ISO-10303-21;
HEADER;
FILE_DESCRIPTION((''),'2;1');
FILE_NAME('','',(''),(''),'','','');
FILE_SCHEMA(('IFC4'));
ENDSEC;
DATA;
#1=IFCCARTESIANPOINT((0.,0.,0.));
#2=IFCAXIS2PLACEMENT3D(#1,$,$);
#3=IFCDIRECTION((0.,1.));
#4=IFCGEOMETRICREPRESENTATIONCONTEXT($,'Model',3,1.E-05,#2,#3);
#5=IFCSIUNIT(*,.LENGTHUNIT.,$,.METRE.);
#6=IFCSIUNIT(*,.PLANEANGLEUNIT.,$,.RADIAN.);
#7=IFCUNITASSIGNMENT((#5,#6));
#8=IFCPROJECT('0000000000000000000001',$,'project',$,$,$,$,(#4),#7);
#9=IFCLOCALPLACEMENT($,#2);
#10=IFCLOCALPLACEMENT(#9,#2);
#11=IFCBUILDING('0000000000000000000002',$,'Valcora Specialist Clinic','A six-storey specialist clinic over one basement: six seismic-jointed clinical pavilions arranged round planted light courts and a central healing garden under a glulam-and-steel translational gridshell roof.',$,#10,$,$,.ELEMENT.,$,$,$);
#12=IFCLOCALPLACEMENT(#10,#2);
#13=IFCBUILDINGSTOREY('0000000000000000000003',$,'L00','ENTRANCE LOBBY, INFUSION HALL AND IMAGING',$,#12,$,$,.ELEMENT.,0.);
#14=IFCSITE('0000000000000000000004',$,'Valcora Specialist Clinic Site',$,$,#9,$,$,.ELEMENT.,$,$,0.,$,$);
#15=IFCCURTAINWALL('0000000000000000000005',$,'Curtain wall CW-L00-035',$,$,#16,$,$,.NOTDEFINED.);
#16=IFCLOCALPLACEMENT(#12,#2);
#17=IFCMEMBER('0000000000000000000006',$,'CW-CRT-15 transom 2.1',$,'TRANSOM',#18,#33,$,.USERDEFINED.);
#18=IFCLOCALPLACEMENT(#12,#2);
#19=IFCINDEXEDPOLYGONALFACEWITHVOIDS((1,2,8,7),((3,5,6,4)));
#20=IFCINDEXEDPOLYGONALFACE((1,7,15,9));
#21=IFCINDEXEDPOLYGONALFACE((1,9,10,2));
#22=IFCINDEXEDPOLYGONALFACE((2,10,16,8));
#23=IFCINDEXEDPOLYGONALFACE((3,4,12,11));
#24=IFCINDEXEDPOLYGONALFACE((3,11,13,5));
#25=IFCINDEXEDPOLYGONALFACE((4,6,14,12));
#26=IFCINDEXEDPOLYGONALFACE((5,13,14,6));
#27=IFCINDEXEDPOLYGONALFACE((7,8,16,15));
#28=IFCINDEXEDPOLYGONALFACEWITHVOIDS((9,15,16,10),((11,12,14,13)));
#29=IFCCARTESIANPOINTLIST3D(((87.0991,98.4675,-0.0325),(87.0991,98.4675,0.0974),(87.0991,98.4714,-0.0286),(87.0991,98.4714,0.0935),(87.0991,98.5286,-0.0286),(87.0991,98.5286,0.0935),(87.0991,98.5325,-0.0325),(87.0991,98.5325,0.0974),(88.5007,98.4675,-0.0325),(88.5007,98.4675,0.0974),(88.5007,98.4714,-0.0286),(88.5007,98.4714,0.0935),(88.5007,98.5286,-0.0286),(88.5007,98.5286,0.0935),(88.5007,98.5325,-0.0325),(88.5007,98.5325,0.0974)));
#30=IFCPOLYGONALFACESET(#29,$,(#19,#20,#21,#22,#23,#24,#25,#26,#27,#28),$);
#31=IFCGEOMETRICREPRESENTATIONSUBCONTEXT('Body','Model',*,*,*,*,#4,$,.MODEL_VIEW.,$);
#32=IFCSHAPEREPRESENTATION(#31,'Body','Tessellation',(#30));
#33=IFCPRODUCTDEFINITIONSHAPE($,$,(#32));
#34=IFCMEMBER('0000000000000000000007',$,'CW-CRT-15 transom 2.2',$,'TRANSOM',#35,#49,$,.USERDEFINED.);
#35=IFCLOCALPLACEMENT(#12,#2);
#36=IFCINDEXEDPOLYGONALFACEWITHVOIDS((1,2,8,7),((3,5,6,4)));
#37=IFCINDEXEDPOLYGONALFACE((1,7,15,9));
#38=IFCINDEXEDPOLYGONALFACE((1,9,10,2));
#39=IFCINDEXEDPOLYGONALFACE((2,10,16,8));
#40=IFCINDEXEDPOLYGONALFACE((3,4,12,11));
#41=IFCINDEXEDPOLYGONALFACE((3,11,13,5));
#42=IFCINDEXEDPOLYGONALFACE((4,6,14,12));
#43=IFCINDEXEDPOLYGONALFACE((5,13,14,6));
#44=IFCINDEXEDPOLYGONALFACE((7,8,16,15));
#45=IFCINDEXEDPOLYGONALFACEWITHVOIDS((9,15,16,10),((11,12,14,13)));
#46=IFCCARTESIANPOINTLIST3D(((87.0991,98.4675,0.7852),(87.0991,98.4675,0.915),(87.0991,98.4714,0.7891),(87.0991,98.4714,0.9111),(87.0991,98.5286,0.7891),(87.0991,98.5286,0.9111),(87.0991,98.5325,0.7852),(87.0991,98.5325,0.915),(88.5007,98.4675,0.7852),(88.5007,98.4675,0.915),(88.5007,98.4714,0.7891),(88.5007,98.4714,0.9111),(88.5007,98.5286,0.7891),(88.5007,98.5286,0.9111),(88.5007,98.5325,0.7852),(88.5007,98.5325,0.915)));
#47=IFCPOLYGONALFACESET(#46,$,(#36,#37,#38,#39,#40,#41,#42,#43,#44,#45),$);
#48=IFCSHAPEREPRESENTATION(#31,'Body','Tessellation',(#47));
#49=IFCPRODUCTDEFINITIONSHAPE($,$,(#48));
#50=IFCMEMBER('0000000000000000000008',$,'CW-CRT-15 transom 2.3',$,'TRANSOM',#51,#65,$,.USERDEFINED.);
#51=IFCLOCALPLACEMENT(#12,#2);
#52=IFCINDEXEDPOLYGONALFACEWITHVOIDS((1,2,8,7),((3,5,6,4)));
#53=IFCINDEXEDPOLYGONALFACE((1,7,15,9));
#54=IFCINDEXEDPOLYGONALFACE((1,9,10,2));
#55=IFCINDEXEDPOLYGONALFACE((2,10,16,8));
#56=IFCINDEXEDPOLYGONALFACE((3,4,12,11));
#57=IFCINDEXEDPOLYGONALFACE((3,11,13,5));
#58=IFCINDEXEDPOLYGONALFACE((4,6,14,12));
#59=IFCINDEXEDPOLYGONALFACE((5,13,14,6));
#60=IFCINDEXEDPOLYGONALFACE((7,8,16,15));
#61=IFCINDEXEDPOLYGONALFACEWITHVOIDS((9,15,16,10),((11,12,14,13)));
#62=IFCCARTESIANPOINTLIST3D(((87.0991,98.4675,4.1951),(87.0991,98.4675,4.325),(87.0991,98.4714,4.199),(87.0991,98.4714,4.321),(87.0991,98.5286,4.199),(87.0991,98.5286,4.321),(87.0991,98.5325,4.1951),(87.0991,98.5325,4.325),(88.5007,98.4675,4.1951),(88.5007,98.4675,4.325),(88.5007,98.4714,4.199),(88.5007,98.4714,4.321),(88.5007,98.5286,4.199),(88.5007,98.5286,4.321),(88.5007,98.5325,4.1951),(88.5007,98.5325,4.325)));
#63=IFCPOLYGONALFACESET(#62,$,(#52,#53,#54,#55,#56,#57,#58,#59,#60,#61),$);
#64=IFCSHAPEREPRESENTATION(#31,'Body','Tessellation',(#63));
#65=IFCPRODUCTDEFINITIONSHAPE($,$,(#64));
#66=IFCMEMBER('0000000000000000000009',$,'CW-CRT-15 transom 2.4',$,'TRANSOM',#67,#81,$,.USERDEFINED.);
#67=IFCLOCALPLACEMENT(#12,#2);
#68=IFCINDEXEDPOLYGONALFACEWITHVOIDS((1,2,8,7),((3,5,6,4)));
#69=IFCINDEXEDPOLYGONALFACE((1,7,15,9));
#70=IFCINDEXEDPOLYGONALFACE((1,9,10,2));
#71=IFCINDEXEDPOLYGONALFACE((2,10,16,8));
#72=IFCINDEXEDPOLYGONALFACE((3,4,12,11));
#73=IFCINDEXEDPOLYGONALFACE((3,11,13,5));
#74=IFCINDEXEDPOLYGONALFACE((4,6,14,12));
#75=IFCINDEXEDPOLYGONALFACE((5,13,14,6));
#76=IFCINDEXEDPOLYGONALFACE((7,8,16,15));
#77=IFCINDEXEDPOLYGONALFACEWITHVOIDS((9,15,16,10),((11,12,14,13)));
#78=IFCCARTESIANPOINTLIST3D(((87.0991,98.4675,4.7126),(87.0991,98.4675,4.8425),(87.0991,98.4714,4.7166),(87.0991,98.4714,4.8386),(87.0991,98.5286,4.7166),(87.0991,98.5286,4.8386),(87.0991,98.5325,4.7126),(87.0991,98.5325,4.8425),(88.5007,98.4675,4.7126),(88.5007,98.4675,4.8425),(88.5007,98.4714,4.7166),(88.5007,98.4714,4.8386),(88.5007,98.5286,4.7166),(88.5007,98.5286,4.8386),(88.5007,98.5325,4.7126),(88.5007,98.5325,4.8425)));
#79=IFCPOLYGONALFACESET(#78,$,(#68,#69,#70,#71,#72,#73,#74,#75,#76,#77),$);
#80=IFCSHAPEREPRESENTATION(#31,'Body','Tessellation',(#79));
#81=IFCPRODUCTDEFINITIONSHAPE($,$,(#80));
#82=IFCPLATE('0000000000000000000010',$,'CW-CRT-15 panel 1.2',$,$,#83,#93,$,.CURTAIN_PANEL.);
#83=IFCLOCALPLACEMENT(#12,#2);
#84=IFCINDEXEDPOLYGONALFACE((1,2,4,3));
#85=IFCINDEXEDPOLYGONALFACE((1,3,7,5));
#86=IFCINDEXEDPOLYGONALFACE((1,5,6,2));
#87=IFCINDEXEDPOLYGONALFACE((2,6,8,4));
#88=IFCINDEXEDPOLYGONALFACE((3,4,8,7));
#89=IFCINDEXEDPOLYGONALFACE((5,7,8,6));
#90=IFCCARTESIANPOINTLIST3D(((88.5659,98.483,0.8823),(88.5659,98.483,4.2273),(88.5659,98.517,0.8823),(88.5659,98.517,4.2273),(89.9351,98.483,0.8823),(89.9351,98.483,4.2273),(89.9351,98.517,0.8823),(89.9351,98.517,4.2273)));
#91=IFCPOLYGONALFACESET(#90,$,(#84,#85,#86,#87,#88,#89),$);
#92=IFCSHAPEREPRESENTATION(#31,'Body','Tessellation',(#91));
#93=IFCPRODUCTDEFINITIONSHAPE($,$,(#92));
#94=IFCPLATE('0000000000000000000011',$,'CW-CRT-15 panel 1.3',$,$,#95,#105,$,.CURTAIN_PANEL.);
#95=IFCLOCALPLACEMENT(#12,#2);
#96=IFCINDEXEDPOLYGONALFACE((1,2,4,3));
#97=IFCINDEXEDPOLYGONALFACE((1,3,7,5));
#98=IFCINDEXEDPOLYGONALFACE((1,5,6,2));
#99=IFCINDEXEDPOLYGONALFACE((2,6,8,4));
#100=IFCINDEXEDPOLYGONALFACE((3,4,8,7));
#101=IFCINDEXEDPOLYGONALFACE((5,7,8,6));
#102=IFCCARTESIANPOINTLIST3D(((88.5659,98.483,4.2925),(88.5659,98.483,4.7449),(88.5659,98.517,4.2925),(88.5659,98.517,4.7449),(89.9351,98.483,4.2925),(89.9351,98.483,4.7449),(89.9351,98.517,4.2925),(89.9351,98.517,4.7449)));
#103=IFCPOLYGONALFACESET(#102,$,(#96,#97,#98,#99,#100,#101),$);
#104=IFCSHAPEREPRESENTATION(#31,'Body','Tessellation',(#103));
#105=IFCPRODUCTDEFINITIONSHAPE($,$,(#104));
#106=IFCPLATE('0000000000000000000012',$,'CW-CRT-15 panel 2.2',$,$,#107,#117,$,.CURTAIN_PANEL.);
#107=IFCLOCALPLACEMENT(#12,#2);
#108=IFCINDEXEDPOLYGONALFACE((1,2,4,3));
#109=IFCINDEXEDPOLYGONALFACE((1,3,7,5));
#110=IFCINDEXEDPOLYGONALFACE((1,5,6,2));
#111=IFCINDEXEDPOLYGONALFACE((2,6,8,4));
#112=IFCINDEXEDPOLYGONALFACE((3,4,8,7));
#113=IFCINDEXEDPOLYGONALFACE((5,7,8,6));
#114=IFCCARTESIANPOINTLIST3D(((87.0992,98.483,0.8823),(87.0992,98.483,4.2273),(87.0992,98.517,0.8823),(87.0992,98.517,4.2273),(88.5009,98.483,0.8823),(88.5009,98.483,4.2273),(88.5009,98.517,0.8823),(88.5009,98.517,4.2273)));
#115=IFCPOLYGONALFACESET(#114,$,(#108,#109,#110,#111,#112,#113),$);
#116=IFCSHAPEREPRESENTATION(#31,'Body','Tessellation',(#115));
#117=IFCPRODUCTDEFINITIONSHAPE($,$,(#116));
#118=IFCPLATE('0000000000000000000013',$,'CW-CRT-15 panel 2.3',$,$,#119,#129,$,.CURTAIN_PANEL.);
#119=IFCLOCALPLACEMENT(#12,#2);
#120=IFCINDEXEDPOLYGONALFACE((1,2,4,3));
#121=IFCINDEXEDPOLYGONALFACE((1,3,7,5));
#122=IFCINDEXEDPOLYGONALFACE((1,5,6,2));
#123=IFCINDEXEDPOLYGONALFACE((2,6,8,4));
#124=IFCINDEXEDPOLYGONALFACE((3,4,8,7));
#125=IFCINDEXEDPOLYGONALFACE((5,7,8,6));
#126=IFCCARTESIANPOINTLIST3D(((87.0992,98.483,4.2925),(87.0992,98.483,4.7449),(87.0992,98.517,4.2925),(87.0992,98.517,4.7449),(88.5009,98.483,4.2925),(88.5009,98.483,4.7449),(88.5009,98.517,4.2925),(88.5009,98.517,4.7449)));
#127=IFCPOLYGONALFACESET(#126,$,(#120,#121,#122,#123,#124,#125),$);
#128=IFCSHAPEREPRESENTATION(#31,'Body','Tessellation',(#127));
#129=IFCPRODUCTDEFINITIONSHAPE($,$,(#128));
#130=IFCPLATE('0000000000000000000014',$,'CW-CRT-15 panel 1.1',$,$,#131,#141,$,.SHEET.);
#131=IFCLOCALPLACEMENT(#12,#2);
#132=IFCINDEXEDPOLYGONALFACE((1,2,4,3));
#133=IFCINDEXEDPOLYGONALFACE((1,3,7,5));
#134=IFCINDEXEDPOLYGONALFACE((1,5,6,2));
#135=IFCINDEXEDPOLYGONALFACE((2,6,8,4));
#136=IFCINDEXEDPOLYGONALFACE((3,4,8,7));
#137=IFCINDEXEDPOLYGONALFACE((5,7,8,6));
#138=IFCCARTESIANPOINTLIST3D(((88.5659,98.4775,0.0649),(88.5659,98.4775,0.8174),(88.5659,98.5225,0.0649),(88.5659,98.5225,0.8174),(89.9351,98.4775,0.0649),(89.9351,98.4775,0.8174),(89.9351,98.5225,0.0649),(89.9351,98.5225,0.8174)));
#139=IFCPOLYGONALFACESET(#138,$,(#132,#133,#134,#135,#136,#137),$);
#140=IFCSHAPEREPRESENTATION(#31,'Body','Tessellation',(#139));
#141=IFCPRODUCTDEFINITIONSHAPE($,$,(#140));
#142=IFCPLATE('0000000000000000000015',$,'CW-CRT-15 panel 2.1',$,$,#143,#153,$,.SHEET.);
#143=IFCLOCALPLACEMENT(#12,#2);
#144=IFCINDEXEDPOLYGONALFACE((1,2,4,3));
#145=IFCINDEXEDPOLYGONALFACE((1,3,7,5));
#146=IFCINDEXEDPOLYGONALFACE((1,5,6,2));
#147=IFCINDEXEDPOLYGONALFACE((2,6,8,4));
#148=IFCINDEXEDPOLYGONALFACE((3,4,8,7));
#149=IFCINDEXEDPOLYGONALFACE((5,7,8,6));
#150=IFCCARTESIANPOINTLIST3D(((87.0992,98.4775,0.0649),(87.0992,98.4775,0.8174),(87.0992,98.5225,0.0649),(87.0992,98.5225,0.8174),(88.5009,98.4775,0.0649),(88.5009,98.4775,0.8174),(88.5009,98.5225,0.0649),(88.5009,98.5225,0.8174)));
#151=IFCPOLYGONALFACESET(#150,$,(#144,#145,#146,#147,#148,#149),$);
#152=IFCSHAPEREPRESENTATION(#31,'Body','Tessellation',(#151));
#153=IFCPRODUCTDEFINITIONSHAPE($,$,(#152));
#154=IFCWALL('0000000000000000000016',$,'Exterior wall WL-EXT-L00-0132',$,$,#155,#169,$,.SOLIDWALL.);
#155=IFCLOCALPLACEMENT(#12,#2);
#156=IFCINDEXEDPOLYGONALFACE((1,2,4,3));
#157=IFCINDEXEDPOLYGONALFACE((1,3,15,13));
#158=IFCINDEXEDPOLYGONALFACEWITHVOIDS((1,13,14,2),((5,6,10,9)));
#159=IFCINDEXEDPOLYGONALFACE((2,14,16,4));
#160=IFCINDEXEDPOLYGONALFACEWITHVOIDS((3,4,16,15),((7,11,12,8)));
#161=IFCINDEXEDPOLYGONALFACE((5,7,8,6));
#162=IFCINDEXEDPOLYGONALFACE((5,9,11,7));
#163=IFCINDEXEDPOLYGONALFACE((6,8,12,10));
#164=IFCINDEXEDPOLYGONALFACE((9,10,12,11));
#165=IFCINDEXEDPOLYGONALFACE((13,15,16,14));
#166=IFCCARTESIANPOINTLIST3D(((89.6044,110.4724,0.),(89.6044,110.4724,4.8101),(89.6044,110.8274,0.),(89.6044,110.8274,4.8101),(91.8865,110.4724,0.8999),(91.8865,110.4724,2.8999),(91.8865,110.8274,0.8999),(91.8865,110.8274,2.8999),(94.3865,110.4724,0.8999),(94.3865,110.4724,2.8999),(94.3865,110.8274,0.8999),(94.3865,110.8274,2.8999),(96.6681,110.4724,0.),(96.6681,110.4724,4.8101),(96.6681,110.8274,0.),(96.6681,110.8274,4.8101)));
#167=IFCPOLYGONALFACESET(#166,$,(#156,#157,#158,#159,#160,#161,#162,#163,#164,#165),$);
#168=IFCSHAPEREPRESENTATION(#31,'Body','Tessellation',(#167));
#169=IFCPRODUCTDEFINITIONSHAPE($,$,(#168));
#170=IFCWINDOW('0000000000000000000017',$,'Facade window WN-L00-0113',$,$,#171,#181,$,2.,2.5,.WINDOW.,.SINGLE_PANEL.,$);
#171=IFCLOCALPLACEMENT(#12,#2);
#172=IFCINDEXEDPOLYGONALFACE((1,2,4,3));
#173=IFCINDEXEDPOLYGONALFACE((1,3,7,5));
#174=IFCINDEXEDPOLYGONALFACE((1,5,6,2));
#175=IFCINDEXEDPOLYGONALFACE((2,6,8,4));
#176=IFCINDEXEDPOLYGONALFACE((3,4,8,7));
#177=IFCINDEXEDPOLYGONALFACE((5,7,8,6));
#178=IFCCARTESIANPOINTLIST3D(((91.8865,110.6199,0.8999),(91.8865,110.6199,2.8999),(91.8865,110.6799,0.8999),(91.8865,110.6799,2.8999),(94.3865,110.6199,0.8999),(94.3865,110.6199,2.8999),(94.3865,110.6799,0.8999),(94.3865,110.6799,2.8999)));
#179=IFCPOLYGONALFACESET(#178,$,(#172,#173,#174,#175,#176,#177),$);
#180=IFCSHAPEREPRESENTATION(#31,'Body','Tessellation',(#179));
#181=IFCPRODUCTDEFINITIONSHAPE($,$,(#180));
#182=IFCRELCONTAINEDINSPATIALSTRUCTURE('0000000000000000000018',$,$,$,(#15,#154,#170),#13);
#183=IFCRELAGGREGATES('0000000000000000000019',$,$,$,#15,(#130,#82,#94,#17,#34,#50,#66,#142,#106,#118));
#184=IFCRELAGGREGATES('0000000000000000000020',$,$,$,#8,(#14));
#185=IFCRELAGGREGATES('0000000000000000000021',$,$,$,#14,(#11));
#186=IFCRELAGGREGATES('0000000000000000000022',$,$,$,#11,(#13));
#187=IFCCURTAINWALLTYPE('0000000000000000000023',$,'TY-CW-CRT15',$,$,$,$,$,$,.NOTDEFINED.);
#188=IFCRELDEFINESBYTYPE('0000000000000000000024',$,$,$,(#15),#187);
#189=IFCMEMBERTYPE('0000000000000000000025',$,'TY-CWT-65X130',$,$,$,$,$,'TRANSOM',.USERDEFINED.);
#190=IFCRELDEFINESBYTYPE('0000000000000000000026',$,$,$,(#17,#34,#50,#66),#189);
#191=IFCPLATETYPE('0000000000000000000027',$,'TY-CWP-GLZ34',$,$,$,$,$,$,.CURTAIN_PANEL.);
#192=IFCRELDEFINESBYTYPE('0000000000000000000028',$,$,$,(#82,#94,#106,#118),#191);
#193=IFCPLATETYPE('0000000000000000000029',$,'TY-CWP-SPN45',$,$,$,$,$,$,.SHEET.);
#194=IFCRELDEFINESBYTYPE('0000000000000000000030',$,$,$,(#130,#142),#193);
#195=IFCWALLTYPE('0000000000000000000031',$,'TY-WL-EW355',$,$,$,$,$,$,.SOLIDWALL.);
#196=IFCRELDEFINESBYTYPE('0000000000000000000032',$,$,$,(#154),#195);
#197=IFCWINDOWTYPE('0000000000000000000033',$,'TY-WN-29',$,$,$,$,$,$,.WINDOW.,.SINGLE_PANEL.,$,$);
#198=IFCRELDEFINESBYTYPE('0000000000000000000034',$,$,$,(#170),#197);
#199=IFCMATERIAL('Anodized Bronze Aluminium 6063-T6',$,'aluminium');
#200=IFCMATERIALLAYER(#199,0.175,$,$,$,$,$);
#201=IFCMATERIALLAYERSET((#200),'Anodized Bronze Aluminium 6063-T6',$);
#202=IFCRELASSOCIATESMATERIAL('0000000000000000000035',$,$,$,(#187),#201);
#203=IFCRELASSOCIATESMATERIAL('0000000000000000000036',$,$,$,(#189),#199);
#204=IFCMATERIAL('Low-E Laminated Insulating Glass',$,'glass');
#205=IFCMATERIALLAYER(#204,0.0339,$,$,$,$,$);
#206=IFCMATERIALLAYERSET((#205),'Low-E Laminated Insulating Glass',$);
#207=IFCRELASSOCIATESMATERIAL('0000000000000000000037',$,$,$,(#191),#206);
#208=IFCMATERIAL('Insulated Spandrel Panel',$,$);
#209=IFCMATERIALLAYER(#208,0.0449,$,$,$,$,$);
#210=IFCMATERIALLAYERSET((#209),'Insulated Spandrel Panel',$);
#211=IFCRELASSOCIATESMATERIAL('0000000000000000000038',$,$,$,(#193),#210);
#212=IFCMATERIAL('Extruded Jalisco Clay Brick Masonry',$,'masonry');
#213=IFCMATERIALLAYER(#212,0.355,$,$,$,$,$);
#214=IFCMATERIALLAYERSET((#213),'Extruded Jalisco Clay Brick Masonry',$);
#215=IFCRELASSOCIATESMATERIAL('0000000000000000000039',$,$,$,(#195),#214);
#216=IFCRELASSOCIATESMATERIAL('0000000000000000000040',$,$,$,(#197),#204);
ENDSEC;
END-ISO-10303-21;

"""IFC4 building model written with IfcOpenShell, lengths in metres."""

from ifc_helpers import new_model, si_unit, direction, frame, frame_2d, origin, origin_2d, place, context, subcontext, project, spatial, rectangle, hollow_rectangle, extrude, material, layer, layer_set, material_profile, profile_set, type_object, element, fill, aggregate, save


model = new_model("IFC4")

# Units and contexts
model_context = context("Model", 3, precision=1e-05, world=origin(), true_north=direction((0.0, 1.0)))
body_context = subcontext(model_context, "Body", "Model", "MODEL_VIEW")
ifc_project = project(units=[si_unit("LENGTHUNIT", "METRE"), si_unit("PLANEANGLEUNIT", "RADIAN")], contexts=[model_context])

# Site, building, storey
site_placement = place(None, origin())
site = spatial("IfcSite", under=ifc_project, at=site_placement, Name="Valcora Specialist Clinic Site", CompositionType="ELEMENT", RefElevation=0.0)
building_placement = place(site_placement, origin())
building = spatial("IfcBuilding", under=site, at=building_placement, Name="Valcora Specialist Clinic", Description="A six-storey specialist clinic over one basement: six seismic-jointed clinical pavilions arranged round planted light courts and a central healing garden under a glulam-and-steel translational gridshell roof.", CompositionType="ELEMENT")
storey_placement = place(building_placement, origin())
storey = spatial("IfcBuildingStorey", under=building, at=storey_placement, Name="L00", Description="ENTRANCE LOBBY, INFUSION HALL AND IMAGING", CompositionType="ELEMENT", Elevation=0.0)

# Curtain wall, members, plates
ifc_material_1 = material(Name="Anodized Bronze Aluminium 6063-T6", Category="aluminium")
ifc_layer_1 = layer(ifc_material_1, 0.175)
ifc_layer_set_1 = layer_set([ifc_layer_1], Name="Anodized Bronze Aluminium 6063-T6")
curtain_wall_type = type_object("IfcCurtainWallType", Name="TY-CW-CRT15", PredefinedType="NOTDEFINED", material=ifc_layer_set_1)
curtain_wall_placement = place(storey_placement, origin())
curtain_wall = element("IfcCurtainWall", 1, at=curtain_wall_placement, inside=storey, type_object=curtain_wall_type, Name="Curtain wall CW-L00-035", PredefinedType="NOTDEFINED")
ifc_material_profile_1 = material_profile(ifc_material_1, hollow_rectangle(XDim=0.0649, YDim=0.1299, WallThickness=0.0039, at=origin_2d()), Name="AL-TRN-65X130")
ifc_profile_set_1 = profile_set([ifc_material_profile_1], Name="Anodized Bronze Aluminium 6063-T6")
member_type_1 = type_object("IfcMemberType", Name="TY-CWT-65X130", ElementType="TRANSOM", PredefinedType="USERDEFINED", material=ifc_profile_set_1)
member_1_placement = place(storey_placement, frame((88.5007, 98.5, 0.0325), z_axis=(-1.0, 0.0, 0.0), x_axis=(0.0, -1.0, 0.0)))
member_1 = element("IfcMember", 2, at=member_1_placement, type_object=member_type_1, Name="CW-CRT-15 transom 2.1", ObjectType="TRANSOM", PredefinedType="USERDEFINED", context=body_context, shape_type="SweptSolid", body=[
    extrude(hollow_rectangle(XDim=0.0649, YDim=0.1299, WallThickness=0.0039, at=origin_2d()), origin(), (0.0, 0.0, 1.0), 1.4016),
])
member_2_placement = place(storey_placement, frame((88.5007, 98.5, 0.8501), z_axis=(-1.0, 0.0, 0.0), x_axis=(0.0, -1.0, 0.0)))
member_2 = element("IfcMember", 3, at=member_2_placement, type_object=member_type_1, Name="CW-CRT-15 transom 2.2", ObjectType="TRANSOM", PredefinedType="USERDEFINED", context=body_context, shape_type="SweptSolid", body=[
    extrude(hollow_rectangle(XDim=0.0649, YDim=0.1299, WallThickness=0.0039, at=origin_2d()), origin(), (0.0, 0.0, 1.0), 1.4016),
])
member_3_placement = place(storey_placement, frame((88.5007, 98.5, 4.26), z_axis=(-1.0, 0.0, 0.0), x_axis=(0.0, -1.0, 0.0)))
member_3 = element("IfcMember", 4, at=member_3_placement, type_object=member_type_1, Name="CW-CRT-15 transom 2.3", ObjectType="TRANSOM", PredefinedType="USERDEFINED", context=body_context, shape_type="SweptSolid", body=[
    extrude(hollow_rectangle(XDim=0.0649, YDim=0.1299, WallThickness=0.0039, at=origin_2d()), origin(), (0.0, 0.0, 1.0), 1.4016),
])
member_4_placement = place(storey_placement, frame((88.5007, 98.5, 4.7776), z_axis=(-1.0, 0.0, 0.0), x_axis=(0.0, -1.0, 0.0)))
member_4 = element("IfcMember", 5, at=member_4_placement, type_object=member_type_1, Name="CW-CRT-15 transom 2.4", ObjectType="TRANSOM", PredefinedType="USERDEFINED", context=body_context, shape_type="SweptSolid", body=[
    extrude(hollow_rectangle(XDim=0.0649, YDim=0.1299, WallThickness=0.0039, at=origin_2d()), origin(), (0.0, 0.0, 1.0), 1.4016),
])
ifc_material_2 = material(Name="Low-E Laminated Insulating Glass", Category="glass")
ifc_layer_2 = layer(ifc_material_2, 0.0339)
ifc_layer_set_2 = layer_set([ifc_layer_2], Name="Low-E Laminated Insulating Glass")
plate_type_1 = type_object("IfcPlateType", Name="TY-CWP-GLZ34", PredefinedType="CURTAIN_PANEL", material=ifc_layer_set_2)
plate_1_placement = place(storey_placement, frame((89.2505, 98.5, 0.8823), z_axis=(0.0, 0.0, 1.0), x_axis=(-1.0, 0.0, 0.0)))
plate_1 = element("IfcPlate", 6, at=plate_1_placement, type_object=plate_type_1, Name="CW-CRT-15 panel 1.2", PredefinedType="CURTAIN_PANEL", context=body_context, shape_type="SweptSolid", body=[
    extrude(rectangle(XDim=1.3691, YDim=0.0339, at=origin_2d()), origin(), (0.0, 0.0, 1.0), 3.345),
])
plate_2_placement = place(storey_placement, frame((89.2505, 98.5, 4.2925), z_axis=(0.0, 0.0, 1.0), x_axis=(-1.0, 0.0, 0.0)))
plate_2 = element("IfcPlate", 7, at=plate_2_placement, type_object=plate_type_1, Name="CW-CRT-15 panel 1.3", PredefinedType="CURTAIN_PANEL", context=body_context, shape_type="SweptSolid", body=[
    extrude(rectangle(XDim=1.3691, YDim=0.0339, at=origin_2d()), origin(), (0.0, 0.0, 1.0), 0.4524),
])
plate_3_placement = place(storey_placement, frame((87.8, 98.5, 0.8823), z_axis=(0.0, 0.0, 1.0), x_axis=(-1.0, 0.0, 0.0)))
plate_3 = element("IfcPlate", 8, at=plate_3_placement, type_object=plate_type_1, Name="CW-CRT-15 panel 2.2", PredefinedType="CURTAIN_PANEL", context=body_context, shape_type="SweptSolid", body=[
    extrude(rectangle(XDim=1.4016, YDim=0.0339, at=origin_2d()), origin(), (0.0, 0.0, 1.0), 3.345),
])
plate_4_placement = place(storey_placement, frame((87.8, 98.5, 4.2925), z_axis=(0.0, 0.0, 1.0), x_axis=(-1.0, 0.0, 0.0)))
plate_4 = element("IfcPlate", 9, at=plate_4_placement, type_object=plate_type_1, Name="CW-CRT-15 panel 2.3", PredefinedType="CURTAIN_PANEL", context=body_context, shape_type="SweptSolid", body=[
    extrude(rectangle(XDim=1.4016, YDim=0.0339, at=origin_2d()), origin(), (0.0, 0.0, 1.0), 0.4524),
])
ifc_material_3 = material(Name="Insulated Spandrel Panel")
ifc_layer_3 = layer(ifc_material_3, 0.0449)
ifc_layer_set_3 = layer_set([ifc_layer_3], Name="Insulated Spandrel Panel")
plate_type_2 = type_object("IfcPlateType", Name="TY-CWP-SPN45", PredefinedType="SHEET", material=ifc_layer_set_3)
plate_5_placement = place(storey_placement, frame((89.2505, 98.5, 0.0649), z_axis=(0.0, 0.0, 1.0), x_axis=(-1.0, 0.0, 0.0)))
plate_5 = element("IfcPlate", 10, at=plate_5_placement, type_object=plate_type_2, Name="CW-CRT-15 panel 1.1", PredefinedType="SHEET", context=body_context, shape_type="SweptSolid", body=[
    extrude(rectangle(XDim=1.3691, YDim=0.0449, at=origin_2d()), origin(), (0.0, 0.0, 1.0), 0.7524),
])
plate_6_placement = place(storey_placement, frame((87.8, 98.5, 0.0649), z_axis=(0.0, 0.0, 1.0), x_axis=(-1.0, 0.0, 0.0)))
plate_6 = element("IfcPlate", 11, at=plate_6_placement, type_object=plate_type_2, Name="CW-CRT-15 panel 2.1", PredefinedType="SHEET", context=body_context, shape_type="SweptSolid", body=[
    extrude(rectangle(XDim=1.4016, YDim=0.0449, at=origin_2d()), origin(), (0.0, 0.0, 1.0), 0.7524),
])
aggregate(curtain_wall, [plate_5, plate_1, plate_2, member_1, member_2, member_3, member_4, plate_6, plate_3, plate_4])

# Wall, opening, window
ifc_material_4 = material(Name="Extruded Jalisco Clay Brick Masonry", Category="masonry")
ifc_layer_4 = layer(ifc_material_4, 0.355)
ifc_layer_set_4 = layer_set([ifc_layer_4], Name="Extruded Jalisco Clay Brick Masonry")
wall_type_1 = type_object("IfcWallType", Name="TY-WL-EW355", PredefinedType="SOLIDWALL", material=ifc_layer_set_4)
wall_1_placement = place(storey_placement, frame((89.6045, 110.6499, 0.0), z_axis=(0.0, 0.0, 1.0), x_axis=(1.0, 0.0, 0.0)))
wall_1 = element("IfcWall", 12, at=wall_1_placement, inside=storey, type_object=wall_type_1, Name="Exterior wall WL-EXT-L00-0132", PredefinedType="SOLIDWALL", context=body_context, shape_type="SweptSolid", body=[
    extrude(rectangle(XDim=7.0637, YDim=0.355, at=frame_2d((3.5317, 0.0))), origin(), (0.0, 0.0, 1.0), 4.8101),
])
opening_1_placement = place(wall_1_placement, frame((2.282, 0.0, 0.8999)))
opening_1 = element("IfcOpeningElement", 13, at=opening_1_placement, cuts=wall_1, PredefinedType="OPENING", context=body_context, shape_type="SweptSolid", body=[
    extrude(rectangle(XDim=2.5, YDim=2.0, at=frame_2d((1.25, 1.0))), frame((0.0, 0.1875, 0.0), z_axis=(0.0, -1.0, 0.0), x_axis=(1.0, 0.0, 0.0)), (0.0, 0.0, 1.0), 0.375),
])
window_type = type_object("IfcWindowType", Name="TY-WN-29", PartitioningType="SINGLE_PANEL", PredefinedType="WINDOW", material=ifc_material_2)
window_placement = place(opening_1_placement, origin())
window = element("IfcWindow", 14, at=window_placement, inside=storey, type_object=window_type, Name="Facade window WN-L00-0113", OverallHeight=2.0, OverallWidth=2.5, PartitioningType="SINGLE_PANEL", PredefinedType="WINDOW", context=body_context, shape_type="SweptSolid", body=[
    extrude(rectangle(XDim=2.5, YDim=2.0, at=frame_2d((1.25, 1.0))), frame((0.0, 0.03, 0.0), z_axis=(0.0, -1.0, 0.0), x_axis=(1.0, 0.0, 0.0)), (0.0, 0.0, 1.0), 0.0601),
])
fill(opening_1, window)

save(model, "model.ifc")
